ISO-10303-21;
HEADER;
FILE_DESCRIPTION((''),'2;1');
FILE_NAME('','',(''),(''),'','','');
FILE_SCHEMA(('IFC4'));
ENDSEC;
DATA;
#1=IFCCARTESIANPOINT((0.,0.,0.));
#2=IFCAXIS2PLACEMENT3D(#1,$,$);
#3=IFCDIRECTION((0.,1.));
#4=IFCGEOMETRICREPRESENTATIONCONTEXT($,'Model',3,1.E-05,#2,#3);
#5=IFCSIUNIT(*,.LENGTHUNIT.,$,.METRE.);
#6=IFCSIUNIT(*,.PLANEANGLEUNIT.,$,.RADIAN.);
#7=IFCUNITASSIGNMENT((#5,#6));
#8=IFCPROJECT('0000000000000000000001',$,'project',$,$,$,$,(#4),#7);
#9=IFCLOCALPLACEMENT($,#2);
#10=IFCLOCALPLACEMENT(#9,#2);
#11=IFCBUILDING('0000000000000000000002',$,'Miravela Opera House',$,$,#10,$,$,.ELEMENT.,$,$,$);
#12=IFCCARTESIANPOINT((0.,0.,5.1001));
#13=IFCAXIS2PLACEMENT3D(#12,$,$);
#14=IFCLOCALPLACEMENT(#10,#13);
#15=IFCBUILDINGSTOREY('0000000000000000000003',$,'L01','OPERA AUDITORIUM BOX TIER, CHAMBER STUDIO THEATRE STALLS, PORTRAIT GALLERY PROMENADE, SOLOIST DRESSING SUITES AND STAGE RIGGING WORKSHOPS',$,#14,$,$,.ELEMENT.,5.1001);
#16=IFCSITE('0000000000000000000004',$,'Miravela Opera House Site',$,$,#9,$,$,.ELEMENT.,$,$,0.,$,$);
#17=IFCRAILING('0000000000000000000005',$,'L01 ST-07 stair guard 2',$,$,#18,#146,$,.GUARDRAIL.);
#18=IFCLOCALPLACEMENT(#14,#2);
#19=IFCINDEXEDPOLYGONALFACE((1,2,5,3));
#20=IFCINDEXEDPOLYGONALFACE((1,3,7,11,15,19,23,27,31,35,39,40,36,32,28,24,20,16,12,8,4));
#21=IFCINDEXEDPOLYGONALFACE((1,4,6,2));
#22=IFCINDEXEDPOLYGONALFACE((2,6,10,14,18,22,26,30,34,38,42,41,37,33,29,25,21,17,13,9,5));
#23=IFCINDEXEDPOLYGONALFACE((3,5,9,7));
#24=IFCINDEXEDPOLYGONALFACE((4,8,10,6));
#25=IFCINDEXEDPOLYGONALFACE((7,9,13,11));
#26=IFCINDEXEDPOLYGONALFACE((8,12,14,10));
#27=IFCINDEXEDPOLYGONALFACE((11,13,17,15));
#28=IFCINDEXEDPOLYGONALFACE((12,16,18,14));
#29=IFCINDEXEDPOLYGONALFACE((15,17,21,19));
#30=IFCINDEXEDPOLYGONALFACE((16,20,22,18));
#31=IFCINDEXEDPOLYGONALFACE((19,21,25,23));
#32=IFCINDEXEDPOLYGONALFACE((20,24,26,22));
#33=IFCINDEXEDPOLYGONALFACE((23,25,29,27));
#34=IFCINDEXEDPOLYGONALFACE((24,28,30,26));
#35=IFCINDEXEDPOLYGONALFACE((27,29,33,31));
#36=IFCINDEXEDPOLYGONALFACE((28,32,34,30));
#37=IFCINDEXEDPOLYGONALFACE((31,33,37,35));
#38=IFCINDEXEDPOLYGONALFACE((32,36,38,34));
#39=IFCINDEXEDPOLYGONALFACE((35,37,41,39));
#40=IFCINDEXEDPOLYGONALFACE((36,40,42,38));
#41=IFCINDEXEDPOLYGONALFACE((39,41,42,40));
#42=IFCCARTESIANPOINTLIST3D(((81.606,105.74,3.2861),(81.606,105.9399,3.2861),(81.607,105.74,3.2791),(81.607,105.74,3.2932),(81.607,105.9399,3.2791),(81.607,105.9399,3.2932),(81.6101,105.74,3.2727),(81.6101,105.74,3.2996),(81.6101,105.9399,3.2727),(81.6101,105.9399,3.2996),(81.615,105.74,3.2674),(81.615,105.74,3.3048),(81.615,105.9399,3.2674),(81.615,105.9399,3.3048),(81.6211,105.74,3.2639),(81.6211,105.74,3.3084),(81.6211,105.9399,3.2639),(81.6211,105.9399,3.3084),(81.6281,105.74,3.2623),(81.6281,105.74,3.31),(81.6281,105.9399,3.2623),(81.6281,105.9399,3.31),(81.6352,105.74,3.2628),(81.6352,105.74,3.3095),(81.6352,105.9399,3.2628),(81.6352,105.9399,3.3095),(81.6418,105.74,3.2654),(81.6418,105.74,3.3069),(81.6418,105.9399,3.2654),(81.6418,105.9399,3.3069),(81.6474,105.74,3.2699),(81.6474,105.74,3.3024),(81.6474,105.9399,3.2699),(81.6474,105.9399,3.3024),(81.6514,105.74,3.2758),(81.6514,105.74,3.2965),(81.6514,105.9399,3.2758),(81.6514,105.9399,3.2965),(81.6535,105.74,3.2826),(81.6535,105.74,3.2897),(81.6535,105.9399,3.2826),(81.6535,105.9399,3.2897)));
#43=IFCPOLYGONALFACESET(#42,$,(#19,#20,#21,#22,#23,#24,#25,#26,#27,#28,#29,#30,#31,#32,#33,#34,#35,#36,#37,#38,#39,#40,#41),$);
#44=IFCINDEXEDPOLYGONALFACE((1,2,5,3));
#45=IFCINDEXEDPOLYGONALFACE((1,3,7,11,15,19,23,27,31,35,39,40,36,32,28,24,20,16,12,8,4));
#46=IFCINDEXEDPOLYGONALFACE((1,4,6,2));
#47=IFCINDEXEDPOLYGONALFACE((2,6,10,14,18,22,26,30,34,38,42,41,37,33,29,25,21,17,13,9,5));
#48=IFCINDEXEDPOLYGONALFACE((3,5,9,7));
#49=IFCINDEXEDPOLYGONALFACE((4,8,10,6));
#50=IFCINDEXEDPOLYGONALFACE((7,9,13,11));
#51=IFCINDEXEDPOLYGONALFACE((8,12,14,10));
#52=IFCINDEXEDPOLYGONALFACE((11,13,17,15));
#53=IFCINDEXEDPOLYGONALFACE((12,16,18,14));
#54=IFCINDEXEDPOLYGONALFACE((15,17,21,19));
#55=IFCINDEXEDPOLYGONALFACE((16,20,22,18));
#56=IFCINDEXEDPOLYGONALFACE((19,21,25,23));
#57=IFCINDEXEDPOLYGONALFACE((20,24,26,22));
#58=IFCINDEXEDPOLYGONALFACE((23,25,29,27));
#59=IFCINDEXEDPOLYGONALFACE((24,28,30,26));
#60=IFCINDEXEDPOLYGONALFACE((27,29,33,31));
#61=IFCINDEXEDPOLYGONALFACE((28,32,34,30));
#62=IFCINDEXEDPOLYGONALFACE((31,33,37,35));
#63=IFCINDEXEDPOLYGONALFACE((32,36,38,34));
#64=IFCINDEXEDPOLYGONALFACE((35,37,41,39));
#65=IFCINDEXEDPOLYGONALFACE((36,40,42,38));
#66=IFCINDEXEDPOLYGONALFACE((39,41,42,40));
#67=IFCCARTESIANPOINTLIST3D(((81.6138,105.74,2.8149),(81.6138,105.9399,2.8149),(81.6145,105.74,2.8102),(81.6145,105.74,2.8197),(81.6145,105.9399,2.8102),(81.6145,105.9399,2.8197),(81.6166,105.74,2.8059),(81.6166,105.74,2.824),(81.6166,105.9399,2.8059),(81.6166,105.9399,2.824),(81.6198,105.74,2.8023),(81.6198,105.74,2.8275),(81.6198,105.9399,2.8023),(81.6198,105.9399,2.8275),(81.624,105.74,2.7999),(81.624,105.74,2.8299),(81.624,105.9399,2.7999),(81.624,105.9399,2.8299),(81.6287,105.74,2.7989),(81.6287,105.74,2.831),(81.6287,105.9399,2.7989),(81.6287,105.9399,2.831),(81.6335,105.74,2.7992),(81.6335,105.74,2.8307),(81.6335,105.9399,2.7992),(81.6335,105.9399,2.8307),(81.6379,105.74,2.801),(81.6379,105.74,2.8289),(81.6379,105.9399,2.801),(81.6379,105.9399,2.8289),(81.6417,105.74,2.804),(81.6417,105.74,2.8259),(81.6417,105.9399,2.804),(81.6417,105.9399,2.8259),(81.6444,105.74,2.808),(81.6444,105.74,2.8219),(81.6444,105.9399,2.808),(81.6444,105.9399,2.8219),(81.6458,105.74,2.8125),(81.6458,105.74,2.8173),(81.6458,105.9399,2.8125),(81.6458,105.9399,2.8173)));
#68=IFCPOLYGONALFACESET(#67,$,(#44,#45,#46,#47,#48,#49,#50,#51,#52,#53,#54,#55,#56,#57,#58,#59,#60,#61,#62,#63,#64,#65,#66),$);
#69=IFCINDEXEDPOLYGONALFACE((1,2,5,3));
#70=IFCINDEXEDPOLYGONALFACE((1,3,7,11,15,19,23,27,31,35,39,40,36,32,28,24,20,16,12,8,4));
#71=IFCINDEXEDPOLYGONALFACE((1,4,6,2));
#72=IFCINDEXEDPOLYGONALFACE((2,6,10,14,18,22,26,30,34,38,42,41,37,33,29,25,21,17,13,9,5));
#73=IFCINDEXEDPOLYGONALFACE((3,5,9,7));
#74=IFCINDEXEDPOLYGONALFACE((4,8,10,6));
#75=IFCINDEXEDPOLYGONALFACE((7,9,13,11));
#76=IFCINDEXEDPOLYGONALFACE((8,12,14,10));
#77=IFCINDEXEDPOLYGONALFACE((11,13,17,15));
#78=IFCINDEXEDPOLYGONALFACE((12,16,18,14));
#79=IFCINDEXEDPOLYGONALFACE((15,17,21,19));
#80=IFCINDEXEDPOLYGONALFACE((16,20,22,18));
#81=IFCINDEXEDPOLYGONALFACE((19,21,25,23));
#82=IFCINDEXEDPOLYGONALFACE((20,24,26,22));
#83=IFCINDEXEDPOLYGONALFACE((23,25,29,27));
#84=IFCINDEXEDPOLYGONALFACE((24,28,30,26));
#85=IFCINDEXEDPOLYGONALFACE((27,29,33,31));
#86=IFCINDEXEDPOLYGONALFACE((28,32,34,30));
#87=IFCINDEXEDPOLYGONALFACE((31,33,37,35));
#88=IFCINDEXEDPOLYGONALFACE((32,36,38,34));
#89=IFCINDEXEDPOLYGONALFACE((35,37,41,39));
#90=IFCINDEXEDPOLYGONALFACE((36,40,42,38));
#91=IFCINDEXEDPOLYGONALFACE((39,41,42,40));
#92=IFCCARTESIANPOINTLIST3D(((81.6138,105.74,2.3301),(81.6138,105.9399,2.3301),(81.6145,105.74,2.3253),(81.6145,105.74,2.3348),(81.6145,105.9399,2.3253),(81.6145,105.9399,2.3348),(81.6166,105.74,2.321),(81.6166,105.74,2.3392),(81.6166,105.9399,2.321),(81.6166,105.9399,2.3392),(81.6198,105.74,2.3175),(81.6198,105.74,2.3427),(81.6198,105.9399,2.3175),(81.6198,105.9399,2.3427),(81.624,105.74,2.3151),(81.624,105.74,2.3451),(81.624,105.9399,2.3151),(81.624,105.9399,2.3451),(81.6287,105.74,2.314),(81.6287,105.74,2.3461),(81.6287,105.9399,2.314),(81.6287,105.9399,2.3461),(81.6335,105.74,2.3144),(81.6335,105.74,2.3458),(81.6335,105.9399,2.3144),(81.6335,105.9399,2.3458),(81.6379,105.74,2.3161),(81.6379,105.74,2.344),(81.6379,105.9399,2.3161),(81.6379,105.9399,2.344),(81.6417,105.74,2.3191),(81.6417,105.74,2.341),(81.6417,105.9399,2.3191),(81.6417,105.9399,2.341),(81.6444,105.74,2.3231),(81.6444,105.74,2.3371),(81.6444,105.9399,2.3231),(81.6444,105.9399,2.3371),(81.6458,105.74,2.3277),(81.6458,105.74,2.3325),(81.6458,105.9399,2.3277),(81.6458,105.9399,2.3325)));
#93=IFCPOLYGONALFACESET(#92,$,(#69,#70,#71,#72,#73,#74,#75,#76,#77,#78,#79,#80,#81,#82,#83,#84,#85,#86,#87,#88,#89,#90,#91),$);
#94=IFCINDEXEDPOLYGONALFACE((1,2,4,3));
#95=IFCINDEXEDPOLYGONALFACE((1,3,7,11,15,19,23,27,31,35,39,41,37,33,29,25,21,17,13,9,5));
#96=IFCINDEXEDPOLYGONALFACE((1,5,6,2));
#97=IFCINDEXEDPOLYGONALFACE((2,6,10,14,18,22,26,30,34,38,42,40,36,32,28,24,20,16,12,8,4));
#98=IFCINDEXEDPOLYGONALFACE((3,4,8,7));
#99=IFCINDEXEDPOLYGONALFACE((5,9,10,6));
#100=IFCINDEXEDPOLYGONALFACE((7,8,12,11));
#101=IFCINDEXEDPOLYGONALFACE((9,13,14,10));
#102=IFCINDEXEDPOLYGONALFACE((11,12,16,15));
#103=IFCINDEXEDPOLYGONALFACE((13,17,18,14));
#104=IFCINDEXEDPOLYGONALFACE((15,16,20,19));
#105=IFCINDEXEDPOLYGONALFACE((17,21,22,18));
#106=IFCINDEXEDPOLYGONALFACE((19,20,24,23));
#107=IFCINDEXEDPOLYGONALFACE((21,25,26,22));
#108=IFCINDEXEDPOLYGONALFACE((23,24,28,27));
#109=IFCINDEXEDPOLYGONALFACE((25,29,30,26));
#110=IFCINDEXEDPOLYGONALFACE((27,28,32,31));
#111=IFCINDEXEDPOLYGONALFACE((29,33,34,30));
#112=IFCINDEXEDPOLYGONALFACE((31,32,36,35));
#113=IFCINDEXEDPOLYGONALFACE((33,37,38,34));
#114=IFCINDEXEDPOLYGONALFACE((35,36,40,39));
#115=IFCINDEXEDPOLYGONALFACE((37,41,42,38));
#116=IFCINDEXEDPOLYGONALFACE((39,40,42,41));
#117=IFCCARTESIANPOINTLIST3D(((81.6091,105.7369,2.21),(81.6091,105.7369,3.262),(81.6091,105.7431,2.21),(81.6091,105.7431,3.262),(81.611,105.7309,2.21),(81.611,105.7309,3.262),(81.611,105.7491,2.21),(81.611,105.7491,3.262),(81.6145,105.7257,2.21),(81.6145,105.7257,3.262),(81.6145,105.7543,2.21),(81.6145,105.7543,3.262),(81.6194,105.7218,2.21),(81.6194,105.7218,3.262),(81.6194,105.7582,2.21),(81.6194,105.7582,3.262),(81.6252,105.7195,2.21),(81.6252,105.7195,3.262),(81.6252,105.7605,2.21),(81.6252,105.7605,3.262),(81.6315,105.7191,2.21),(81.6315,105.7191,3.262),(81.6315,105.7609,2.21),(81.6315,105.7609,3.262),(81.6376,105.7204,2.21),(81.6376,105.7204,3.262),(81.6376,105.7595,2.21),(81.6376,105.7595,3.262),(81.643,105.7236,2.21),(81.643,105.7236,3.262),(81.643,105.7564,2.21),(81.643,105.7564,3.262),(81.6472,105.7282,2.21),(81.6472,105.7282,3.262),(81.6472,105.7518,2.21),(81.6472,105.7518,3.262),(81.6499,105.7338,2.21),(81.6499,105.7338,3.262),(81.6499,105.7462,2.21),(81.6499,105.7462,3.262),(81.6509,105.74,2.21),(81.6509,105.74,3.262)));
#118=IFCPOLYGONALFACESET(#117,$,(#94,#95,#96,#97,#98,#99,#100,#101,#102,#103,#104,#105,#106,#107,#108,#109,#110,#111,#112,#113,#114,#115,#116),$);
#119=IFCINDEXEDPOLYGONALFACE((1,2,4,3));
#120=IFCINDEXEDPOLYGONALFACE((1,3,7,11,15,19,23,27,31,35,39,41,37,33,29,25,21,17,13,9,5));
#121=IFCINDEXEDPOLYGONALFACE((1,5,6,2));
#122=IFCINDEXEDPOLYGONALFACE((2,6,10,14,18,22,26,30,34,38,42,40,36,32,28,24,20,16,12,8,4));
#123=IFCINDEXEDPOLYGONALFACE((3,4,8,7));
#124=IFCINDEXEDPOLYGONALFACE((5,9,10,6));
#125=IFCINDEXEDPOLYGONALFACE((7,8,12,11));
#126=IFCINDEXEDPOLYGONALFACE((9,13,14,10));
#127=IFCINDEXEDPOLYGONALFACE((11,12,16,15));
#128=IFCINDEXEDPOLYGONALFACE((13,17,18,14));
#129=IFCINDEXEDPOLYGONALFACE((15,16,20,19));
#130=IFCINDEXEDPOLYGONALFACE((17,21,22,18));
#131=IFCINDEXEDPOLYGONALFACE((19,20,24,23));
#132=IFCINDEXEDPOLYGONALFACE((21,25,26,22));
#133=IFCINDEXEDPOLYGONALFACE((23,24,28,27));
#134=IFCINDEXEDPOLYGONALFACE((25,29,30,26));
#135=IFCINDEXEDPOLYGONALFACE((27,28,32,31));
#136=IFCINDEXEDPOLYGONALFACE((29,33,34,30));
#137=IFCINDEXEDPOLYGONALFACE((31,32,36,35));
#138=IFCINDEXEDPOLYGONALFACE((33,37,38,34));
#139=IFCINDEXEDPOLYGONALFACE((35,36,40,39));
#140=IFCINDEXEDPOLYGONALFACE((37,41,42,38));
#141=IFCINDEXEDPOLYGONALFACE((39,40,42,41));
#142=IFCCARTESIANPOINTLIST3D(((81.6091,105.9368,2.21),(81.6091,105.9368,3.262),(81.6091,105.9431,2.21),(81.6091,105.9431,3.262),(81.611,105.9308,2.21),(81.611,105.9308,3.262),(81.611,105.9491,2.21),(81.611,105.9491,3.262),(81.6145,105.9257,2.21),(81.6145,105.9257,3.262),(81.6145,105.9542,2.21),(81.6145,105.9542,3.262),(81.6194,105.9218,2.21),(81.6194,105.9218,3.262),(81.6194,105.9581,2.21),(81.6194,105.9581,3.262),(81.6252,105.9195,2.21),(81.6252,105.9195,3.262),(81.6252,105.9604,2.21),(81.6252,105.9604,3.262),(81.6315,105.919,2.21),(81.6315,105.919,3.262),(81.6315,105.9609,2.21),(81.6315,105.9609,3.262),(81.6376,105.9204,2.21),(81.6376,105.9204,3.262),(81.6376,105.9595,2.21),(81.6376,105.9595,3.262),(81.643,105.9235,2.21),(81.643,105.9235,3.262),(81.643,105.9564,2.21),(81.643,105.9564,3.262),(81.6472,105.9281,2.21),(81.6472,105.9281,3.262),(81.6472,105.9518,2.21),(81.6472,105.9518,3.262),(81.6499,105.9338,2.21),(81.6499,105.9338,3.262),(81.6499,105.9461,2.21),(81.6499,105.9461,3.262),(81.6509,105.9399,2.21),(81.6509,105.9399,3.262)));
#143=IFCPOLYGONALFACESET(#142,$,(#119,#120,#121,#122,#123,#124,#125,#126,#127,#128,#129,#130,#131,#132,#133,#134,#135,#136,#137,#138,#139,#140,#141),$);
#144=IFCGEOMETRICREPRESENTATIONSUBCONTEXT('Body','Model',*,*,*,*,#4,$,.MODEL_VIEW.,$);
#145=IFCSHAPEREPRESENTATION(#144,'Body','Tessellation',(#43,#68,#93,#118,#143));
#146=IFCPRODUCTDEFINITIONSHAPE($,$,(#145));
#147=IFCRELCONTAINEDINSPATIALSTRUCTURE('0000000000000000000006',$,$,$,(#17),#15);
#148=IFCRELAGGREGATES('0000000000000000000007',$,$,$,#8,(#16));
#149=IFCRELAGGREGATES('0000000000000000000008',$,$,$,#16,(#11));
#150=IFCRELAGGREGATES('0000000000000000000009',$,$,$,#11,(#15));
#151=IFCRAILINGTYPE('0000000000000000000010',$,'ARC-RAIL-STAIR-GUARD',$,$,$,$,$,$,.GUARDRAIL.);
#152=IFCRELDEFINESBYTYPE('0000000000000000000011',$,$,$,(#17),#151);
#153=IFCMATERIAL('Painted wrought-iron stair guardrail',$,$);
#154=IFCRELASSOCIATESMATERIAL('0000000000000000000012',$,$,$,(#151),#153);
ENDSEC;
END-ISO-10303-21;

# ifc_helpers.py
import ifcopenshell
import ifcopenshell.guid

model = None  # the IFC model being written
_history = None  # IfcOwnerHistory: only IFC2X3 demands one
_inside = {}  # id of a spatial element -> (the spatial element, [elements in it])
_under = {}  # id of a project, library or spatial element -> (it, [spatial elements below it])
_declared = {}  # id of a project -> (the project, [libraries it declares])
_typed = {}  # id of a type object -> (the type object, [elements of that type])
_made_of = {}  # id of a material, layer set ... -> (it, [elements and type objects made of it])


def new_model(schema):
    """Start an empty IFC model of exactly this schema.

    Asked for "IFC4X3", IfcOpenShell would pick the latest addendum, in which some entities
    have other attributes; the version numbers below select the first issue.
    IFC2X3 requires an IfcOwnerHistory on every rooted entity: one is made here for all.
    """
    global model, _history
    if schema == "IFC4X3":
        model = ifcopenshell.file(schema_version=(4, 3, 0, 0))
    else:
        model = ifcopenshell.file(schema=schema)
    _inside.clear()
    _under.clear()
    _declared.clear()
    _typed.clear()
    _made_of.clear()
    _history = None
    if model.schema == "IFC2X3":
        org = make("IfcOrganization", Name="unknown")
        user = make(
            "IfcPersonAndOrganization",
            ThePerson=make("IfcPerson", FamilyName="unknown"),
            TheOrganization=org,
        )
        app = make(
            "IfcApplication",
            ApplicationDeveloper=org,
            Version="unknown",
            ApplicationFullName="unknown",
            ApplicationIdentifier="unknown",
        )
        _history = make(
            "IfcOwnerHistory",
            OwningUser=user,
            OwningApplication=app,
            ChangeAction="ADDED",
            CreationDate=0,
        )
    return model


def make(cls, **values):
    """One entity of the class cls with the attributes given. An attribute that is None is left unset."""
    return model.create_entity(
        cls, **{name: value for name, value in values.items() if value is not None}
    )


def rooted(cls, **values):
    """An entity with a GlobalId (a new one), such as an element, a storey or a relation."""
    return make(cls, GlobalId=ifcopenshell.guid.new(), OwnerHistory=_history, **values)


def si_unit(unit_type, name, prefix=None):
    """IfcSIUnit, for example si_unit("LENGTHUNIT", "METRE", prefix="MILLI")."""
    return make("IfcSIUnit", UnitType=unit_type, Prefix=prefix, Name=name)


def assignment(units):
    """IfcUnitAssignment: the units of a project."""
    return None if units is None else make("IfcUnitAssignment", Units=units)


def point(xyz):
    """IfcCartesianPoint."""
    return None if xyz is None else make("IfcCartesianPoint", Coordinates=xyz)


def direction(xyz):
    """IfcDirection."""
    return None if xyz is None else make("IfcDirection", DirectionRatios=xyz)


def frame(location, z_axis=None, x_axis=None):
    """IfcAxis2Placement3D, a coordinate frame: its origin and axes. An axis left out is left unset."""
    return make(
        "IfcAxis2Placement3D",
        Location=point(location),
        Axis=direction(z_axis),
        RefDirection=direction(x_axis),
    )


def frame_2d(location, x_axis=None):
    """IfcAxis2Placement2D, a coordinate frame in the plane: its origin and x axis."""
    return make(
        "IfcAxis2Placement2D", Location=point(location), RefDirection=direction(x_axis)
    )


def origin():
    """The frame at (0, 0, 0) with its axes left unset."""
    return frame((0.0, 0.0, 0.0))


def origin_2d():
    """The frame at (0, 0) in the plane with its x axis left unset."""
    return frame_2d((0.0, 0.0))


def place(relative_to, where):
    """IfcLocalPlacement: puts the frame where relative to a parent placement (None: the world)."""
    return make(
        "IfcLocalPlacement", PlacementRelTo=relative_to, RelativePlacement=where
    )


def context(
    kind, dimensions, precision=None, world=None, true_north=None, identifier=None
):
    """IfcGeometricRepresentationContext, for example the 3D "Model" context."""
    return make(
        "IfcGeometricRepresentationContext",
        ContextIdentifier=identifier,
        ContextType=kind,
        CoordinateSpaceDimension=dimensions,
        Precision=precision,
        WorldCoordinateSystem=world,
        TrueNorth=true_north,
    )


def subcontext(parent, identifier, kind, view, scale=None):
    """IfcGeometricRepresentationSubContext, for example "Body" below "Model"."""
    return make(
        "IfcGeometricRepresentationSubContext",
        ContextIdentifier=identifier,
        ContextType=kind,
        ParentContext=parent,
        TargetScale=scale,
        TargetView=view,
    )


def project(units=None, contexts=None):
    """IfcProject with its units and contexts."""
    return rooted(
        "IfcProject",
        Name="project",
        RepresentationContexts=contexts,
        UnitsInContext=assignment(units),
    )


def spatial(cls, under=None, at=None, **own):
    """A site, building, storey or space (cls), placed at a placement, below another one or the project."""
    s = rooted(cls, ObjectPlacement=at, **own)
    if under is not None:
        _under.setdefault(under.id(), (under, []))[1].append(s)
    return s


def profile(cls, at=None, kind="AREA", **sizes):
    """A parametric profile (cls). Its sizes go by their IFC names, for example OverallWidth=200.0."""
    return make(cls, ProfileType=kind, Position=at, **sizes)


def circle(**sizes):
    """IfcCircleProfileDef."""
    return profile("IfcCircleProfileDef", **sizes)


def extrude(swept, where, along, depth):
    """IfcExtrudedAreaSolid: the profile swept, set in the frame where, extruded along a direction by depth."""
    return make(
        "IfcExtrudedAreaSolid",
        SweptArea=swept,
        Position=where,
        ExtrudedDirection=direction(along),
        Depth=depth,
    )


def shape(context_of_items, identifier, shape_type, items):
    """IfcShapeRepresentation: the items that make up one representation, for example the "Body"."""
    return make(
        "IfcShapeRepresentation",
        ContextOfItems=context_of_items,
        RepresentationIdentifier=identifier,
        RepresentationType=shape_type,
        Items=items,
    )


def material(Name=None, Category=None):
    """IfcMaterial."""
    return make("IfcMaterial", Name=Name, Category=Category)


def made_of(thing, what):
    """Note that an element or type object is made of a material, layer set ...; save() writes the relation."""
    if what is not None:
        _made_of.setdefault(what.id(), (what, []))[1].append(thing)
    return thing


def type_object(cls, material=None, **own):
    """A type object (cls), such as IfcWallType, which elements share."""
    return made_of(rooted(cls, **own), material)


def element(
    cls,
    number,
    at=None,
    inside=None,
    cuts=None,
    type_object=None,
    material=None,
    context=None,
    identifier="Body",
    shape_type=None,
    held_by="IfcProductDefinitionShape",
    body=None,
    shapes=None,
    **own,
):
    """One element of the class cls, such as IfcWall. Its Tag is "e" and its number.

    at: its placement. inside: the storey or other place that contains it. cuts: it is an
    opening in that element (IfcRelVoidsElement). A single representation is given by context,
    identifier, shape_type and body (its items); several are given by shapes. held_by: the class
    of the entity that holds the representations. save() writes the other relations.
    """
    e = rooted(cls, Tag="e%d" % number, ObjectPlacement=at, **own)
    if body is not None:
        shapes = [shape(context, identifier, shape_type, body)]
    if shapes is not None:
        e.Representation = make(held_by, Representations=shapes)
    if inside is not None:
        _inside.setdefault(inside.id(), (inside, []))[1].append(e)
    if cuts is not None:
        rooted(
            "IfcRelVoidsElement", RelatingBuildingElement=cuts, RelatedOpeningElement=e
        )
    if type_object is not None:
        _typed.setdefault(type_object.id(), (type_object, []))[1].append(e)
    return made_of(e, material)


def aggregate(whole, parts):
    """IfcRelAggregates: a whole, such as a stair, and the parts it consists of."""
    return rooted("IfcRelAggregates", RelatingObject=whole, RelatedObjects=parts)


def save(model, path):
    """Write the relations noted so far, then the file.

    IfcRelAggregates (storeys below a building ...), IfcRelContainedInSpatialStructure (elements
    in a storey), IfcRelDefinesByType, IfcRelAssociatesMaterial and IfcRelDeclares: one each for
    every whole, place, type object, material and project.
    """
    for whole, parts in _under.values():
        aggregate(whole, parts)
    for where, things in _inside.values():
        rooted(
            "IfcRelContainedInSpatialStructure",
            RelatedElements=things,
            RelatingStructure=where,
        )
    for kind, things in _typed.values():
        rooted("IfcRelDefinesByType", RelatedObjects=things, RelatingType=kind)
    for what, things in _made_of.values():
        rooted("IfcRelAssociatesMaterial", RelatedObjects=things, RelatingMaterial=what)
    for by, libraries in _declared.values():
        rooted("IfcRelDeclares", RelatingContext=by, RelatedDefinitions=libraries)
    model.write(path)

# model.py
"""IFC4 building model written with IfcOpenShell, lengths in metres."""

from ifc_helpers import new_model, si_unit, direction, frame, origin, origin_2d, place, context, subcontext, project, spatial, circle, extrude, material, type_object, element, save


model = new_model("IFC4")

# Units and contexts
model_context = context("Model", 3, precision=1e-05, world=origin(), true_north=direction((0.0, 1.0)))
body_context = subcontext(model_context, "Body", "Model", "MODEL_VIEW")
ifc_project = project(units=[si_unit("LENGTHUNIT", "METRE"), si_unit("PLANEANGLEUNIT", "RADIAN")], contexts=[model_context])

# Site, building, storey
site_placement = place(None, origin())
site = spatial("IfcSite", under=ifc_project, at=site_placement, Name="Miravela Opera House Site", CompositionType="ELEMENT", RefElevation=0.0)
building_placement = place(site_placement, origin())
building = spatial("IfcBuilding", under=site, at=building_placement, Name="Miravela Opera House", CompositionType="ELEMENT")
storey_placement = place(building_placement, frame((0.0, 0.0, 5.1001)))
storey = spatial("IfcBuildingStorey", under=building, at=storey_placement, Name="L01", Description="OPERA AUDITORIUM BOX TIER, CHAMBER STUDIO THEATRE STALLS, PORTRAIT GALLERY PROMENADE, SOLOIST DRESSING SUITES AND STAGE RIGGING WORKSHOPS", CompositionType="ELEMENT", Elevation=5.1001)

# Railing
ifc_material_1 = material(Name="Painted wrought-iron stair guardrail")
railing_type_1 = type_object("IfcRailingType", Name="ARC-RAIL-STAIR-GUARD", PredefinedType="GUARDRAIL", material=ifc_material_1)
railing_1_placement = place(storey_placement, frame((81.6299, 105.74, 2.21)))
element("IfcRailing", 1, at=railing_1_placement, inside=storey, type_object=railing_type_1, Name="L01 ST-07 stair guard 2", PredefinedType="GUARDRAIL", context=body_context, shape_type="SweptSolid", body=[
    extrude(circle(Radius=0.0239, at=origin_2d()), frame((0.0, 0.0, 1.0762), z_axis=(0.0, 1.0, 0.0), x_axis=(-1.0, 0.0, 0.0)), (0.0, 0.0, 1.0), 0.2),
    extrude(circle(Radius=0.0161, at=origin_2d()), frame((0.0, 0.0, 0.605), z_axis=(0.0, 1.0, 0.0), x_axis=(-1.0, 0.0, 0.0)), (0.0, 0.0, 1.0), 0.2),
    extrude(circle(Radius=0.0161, at=origin_2d()), frame((0.0, 0.0, 0.1201), z_axis=(0.0, 1.0, 0.0), x_axis=(-1.0, 0.0, 0.0)), (0.0, 0.0, 1.0), 0.2),
    extrude(circle(Radius=0.021, at=origin_2d()), origin(), (0.0, 0.0, 1.0), 1.052),
    extrude(circle(Radius=0.021, at=origin_2d()), frame((0.0, 0.2, 0.0)), (0.0, 0.0, 1.0), 1.052),
])

save(model, "model.ifc")
